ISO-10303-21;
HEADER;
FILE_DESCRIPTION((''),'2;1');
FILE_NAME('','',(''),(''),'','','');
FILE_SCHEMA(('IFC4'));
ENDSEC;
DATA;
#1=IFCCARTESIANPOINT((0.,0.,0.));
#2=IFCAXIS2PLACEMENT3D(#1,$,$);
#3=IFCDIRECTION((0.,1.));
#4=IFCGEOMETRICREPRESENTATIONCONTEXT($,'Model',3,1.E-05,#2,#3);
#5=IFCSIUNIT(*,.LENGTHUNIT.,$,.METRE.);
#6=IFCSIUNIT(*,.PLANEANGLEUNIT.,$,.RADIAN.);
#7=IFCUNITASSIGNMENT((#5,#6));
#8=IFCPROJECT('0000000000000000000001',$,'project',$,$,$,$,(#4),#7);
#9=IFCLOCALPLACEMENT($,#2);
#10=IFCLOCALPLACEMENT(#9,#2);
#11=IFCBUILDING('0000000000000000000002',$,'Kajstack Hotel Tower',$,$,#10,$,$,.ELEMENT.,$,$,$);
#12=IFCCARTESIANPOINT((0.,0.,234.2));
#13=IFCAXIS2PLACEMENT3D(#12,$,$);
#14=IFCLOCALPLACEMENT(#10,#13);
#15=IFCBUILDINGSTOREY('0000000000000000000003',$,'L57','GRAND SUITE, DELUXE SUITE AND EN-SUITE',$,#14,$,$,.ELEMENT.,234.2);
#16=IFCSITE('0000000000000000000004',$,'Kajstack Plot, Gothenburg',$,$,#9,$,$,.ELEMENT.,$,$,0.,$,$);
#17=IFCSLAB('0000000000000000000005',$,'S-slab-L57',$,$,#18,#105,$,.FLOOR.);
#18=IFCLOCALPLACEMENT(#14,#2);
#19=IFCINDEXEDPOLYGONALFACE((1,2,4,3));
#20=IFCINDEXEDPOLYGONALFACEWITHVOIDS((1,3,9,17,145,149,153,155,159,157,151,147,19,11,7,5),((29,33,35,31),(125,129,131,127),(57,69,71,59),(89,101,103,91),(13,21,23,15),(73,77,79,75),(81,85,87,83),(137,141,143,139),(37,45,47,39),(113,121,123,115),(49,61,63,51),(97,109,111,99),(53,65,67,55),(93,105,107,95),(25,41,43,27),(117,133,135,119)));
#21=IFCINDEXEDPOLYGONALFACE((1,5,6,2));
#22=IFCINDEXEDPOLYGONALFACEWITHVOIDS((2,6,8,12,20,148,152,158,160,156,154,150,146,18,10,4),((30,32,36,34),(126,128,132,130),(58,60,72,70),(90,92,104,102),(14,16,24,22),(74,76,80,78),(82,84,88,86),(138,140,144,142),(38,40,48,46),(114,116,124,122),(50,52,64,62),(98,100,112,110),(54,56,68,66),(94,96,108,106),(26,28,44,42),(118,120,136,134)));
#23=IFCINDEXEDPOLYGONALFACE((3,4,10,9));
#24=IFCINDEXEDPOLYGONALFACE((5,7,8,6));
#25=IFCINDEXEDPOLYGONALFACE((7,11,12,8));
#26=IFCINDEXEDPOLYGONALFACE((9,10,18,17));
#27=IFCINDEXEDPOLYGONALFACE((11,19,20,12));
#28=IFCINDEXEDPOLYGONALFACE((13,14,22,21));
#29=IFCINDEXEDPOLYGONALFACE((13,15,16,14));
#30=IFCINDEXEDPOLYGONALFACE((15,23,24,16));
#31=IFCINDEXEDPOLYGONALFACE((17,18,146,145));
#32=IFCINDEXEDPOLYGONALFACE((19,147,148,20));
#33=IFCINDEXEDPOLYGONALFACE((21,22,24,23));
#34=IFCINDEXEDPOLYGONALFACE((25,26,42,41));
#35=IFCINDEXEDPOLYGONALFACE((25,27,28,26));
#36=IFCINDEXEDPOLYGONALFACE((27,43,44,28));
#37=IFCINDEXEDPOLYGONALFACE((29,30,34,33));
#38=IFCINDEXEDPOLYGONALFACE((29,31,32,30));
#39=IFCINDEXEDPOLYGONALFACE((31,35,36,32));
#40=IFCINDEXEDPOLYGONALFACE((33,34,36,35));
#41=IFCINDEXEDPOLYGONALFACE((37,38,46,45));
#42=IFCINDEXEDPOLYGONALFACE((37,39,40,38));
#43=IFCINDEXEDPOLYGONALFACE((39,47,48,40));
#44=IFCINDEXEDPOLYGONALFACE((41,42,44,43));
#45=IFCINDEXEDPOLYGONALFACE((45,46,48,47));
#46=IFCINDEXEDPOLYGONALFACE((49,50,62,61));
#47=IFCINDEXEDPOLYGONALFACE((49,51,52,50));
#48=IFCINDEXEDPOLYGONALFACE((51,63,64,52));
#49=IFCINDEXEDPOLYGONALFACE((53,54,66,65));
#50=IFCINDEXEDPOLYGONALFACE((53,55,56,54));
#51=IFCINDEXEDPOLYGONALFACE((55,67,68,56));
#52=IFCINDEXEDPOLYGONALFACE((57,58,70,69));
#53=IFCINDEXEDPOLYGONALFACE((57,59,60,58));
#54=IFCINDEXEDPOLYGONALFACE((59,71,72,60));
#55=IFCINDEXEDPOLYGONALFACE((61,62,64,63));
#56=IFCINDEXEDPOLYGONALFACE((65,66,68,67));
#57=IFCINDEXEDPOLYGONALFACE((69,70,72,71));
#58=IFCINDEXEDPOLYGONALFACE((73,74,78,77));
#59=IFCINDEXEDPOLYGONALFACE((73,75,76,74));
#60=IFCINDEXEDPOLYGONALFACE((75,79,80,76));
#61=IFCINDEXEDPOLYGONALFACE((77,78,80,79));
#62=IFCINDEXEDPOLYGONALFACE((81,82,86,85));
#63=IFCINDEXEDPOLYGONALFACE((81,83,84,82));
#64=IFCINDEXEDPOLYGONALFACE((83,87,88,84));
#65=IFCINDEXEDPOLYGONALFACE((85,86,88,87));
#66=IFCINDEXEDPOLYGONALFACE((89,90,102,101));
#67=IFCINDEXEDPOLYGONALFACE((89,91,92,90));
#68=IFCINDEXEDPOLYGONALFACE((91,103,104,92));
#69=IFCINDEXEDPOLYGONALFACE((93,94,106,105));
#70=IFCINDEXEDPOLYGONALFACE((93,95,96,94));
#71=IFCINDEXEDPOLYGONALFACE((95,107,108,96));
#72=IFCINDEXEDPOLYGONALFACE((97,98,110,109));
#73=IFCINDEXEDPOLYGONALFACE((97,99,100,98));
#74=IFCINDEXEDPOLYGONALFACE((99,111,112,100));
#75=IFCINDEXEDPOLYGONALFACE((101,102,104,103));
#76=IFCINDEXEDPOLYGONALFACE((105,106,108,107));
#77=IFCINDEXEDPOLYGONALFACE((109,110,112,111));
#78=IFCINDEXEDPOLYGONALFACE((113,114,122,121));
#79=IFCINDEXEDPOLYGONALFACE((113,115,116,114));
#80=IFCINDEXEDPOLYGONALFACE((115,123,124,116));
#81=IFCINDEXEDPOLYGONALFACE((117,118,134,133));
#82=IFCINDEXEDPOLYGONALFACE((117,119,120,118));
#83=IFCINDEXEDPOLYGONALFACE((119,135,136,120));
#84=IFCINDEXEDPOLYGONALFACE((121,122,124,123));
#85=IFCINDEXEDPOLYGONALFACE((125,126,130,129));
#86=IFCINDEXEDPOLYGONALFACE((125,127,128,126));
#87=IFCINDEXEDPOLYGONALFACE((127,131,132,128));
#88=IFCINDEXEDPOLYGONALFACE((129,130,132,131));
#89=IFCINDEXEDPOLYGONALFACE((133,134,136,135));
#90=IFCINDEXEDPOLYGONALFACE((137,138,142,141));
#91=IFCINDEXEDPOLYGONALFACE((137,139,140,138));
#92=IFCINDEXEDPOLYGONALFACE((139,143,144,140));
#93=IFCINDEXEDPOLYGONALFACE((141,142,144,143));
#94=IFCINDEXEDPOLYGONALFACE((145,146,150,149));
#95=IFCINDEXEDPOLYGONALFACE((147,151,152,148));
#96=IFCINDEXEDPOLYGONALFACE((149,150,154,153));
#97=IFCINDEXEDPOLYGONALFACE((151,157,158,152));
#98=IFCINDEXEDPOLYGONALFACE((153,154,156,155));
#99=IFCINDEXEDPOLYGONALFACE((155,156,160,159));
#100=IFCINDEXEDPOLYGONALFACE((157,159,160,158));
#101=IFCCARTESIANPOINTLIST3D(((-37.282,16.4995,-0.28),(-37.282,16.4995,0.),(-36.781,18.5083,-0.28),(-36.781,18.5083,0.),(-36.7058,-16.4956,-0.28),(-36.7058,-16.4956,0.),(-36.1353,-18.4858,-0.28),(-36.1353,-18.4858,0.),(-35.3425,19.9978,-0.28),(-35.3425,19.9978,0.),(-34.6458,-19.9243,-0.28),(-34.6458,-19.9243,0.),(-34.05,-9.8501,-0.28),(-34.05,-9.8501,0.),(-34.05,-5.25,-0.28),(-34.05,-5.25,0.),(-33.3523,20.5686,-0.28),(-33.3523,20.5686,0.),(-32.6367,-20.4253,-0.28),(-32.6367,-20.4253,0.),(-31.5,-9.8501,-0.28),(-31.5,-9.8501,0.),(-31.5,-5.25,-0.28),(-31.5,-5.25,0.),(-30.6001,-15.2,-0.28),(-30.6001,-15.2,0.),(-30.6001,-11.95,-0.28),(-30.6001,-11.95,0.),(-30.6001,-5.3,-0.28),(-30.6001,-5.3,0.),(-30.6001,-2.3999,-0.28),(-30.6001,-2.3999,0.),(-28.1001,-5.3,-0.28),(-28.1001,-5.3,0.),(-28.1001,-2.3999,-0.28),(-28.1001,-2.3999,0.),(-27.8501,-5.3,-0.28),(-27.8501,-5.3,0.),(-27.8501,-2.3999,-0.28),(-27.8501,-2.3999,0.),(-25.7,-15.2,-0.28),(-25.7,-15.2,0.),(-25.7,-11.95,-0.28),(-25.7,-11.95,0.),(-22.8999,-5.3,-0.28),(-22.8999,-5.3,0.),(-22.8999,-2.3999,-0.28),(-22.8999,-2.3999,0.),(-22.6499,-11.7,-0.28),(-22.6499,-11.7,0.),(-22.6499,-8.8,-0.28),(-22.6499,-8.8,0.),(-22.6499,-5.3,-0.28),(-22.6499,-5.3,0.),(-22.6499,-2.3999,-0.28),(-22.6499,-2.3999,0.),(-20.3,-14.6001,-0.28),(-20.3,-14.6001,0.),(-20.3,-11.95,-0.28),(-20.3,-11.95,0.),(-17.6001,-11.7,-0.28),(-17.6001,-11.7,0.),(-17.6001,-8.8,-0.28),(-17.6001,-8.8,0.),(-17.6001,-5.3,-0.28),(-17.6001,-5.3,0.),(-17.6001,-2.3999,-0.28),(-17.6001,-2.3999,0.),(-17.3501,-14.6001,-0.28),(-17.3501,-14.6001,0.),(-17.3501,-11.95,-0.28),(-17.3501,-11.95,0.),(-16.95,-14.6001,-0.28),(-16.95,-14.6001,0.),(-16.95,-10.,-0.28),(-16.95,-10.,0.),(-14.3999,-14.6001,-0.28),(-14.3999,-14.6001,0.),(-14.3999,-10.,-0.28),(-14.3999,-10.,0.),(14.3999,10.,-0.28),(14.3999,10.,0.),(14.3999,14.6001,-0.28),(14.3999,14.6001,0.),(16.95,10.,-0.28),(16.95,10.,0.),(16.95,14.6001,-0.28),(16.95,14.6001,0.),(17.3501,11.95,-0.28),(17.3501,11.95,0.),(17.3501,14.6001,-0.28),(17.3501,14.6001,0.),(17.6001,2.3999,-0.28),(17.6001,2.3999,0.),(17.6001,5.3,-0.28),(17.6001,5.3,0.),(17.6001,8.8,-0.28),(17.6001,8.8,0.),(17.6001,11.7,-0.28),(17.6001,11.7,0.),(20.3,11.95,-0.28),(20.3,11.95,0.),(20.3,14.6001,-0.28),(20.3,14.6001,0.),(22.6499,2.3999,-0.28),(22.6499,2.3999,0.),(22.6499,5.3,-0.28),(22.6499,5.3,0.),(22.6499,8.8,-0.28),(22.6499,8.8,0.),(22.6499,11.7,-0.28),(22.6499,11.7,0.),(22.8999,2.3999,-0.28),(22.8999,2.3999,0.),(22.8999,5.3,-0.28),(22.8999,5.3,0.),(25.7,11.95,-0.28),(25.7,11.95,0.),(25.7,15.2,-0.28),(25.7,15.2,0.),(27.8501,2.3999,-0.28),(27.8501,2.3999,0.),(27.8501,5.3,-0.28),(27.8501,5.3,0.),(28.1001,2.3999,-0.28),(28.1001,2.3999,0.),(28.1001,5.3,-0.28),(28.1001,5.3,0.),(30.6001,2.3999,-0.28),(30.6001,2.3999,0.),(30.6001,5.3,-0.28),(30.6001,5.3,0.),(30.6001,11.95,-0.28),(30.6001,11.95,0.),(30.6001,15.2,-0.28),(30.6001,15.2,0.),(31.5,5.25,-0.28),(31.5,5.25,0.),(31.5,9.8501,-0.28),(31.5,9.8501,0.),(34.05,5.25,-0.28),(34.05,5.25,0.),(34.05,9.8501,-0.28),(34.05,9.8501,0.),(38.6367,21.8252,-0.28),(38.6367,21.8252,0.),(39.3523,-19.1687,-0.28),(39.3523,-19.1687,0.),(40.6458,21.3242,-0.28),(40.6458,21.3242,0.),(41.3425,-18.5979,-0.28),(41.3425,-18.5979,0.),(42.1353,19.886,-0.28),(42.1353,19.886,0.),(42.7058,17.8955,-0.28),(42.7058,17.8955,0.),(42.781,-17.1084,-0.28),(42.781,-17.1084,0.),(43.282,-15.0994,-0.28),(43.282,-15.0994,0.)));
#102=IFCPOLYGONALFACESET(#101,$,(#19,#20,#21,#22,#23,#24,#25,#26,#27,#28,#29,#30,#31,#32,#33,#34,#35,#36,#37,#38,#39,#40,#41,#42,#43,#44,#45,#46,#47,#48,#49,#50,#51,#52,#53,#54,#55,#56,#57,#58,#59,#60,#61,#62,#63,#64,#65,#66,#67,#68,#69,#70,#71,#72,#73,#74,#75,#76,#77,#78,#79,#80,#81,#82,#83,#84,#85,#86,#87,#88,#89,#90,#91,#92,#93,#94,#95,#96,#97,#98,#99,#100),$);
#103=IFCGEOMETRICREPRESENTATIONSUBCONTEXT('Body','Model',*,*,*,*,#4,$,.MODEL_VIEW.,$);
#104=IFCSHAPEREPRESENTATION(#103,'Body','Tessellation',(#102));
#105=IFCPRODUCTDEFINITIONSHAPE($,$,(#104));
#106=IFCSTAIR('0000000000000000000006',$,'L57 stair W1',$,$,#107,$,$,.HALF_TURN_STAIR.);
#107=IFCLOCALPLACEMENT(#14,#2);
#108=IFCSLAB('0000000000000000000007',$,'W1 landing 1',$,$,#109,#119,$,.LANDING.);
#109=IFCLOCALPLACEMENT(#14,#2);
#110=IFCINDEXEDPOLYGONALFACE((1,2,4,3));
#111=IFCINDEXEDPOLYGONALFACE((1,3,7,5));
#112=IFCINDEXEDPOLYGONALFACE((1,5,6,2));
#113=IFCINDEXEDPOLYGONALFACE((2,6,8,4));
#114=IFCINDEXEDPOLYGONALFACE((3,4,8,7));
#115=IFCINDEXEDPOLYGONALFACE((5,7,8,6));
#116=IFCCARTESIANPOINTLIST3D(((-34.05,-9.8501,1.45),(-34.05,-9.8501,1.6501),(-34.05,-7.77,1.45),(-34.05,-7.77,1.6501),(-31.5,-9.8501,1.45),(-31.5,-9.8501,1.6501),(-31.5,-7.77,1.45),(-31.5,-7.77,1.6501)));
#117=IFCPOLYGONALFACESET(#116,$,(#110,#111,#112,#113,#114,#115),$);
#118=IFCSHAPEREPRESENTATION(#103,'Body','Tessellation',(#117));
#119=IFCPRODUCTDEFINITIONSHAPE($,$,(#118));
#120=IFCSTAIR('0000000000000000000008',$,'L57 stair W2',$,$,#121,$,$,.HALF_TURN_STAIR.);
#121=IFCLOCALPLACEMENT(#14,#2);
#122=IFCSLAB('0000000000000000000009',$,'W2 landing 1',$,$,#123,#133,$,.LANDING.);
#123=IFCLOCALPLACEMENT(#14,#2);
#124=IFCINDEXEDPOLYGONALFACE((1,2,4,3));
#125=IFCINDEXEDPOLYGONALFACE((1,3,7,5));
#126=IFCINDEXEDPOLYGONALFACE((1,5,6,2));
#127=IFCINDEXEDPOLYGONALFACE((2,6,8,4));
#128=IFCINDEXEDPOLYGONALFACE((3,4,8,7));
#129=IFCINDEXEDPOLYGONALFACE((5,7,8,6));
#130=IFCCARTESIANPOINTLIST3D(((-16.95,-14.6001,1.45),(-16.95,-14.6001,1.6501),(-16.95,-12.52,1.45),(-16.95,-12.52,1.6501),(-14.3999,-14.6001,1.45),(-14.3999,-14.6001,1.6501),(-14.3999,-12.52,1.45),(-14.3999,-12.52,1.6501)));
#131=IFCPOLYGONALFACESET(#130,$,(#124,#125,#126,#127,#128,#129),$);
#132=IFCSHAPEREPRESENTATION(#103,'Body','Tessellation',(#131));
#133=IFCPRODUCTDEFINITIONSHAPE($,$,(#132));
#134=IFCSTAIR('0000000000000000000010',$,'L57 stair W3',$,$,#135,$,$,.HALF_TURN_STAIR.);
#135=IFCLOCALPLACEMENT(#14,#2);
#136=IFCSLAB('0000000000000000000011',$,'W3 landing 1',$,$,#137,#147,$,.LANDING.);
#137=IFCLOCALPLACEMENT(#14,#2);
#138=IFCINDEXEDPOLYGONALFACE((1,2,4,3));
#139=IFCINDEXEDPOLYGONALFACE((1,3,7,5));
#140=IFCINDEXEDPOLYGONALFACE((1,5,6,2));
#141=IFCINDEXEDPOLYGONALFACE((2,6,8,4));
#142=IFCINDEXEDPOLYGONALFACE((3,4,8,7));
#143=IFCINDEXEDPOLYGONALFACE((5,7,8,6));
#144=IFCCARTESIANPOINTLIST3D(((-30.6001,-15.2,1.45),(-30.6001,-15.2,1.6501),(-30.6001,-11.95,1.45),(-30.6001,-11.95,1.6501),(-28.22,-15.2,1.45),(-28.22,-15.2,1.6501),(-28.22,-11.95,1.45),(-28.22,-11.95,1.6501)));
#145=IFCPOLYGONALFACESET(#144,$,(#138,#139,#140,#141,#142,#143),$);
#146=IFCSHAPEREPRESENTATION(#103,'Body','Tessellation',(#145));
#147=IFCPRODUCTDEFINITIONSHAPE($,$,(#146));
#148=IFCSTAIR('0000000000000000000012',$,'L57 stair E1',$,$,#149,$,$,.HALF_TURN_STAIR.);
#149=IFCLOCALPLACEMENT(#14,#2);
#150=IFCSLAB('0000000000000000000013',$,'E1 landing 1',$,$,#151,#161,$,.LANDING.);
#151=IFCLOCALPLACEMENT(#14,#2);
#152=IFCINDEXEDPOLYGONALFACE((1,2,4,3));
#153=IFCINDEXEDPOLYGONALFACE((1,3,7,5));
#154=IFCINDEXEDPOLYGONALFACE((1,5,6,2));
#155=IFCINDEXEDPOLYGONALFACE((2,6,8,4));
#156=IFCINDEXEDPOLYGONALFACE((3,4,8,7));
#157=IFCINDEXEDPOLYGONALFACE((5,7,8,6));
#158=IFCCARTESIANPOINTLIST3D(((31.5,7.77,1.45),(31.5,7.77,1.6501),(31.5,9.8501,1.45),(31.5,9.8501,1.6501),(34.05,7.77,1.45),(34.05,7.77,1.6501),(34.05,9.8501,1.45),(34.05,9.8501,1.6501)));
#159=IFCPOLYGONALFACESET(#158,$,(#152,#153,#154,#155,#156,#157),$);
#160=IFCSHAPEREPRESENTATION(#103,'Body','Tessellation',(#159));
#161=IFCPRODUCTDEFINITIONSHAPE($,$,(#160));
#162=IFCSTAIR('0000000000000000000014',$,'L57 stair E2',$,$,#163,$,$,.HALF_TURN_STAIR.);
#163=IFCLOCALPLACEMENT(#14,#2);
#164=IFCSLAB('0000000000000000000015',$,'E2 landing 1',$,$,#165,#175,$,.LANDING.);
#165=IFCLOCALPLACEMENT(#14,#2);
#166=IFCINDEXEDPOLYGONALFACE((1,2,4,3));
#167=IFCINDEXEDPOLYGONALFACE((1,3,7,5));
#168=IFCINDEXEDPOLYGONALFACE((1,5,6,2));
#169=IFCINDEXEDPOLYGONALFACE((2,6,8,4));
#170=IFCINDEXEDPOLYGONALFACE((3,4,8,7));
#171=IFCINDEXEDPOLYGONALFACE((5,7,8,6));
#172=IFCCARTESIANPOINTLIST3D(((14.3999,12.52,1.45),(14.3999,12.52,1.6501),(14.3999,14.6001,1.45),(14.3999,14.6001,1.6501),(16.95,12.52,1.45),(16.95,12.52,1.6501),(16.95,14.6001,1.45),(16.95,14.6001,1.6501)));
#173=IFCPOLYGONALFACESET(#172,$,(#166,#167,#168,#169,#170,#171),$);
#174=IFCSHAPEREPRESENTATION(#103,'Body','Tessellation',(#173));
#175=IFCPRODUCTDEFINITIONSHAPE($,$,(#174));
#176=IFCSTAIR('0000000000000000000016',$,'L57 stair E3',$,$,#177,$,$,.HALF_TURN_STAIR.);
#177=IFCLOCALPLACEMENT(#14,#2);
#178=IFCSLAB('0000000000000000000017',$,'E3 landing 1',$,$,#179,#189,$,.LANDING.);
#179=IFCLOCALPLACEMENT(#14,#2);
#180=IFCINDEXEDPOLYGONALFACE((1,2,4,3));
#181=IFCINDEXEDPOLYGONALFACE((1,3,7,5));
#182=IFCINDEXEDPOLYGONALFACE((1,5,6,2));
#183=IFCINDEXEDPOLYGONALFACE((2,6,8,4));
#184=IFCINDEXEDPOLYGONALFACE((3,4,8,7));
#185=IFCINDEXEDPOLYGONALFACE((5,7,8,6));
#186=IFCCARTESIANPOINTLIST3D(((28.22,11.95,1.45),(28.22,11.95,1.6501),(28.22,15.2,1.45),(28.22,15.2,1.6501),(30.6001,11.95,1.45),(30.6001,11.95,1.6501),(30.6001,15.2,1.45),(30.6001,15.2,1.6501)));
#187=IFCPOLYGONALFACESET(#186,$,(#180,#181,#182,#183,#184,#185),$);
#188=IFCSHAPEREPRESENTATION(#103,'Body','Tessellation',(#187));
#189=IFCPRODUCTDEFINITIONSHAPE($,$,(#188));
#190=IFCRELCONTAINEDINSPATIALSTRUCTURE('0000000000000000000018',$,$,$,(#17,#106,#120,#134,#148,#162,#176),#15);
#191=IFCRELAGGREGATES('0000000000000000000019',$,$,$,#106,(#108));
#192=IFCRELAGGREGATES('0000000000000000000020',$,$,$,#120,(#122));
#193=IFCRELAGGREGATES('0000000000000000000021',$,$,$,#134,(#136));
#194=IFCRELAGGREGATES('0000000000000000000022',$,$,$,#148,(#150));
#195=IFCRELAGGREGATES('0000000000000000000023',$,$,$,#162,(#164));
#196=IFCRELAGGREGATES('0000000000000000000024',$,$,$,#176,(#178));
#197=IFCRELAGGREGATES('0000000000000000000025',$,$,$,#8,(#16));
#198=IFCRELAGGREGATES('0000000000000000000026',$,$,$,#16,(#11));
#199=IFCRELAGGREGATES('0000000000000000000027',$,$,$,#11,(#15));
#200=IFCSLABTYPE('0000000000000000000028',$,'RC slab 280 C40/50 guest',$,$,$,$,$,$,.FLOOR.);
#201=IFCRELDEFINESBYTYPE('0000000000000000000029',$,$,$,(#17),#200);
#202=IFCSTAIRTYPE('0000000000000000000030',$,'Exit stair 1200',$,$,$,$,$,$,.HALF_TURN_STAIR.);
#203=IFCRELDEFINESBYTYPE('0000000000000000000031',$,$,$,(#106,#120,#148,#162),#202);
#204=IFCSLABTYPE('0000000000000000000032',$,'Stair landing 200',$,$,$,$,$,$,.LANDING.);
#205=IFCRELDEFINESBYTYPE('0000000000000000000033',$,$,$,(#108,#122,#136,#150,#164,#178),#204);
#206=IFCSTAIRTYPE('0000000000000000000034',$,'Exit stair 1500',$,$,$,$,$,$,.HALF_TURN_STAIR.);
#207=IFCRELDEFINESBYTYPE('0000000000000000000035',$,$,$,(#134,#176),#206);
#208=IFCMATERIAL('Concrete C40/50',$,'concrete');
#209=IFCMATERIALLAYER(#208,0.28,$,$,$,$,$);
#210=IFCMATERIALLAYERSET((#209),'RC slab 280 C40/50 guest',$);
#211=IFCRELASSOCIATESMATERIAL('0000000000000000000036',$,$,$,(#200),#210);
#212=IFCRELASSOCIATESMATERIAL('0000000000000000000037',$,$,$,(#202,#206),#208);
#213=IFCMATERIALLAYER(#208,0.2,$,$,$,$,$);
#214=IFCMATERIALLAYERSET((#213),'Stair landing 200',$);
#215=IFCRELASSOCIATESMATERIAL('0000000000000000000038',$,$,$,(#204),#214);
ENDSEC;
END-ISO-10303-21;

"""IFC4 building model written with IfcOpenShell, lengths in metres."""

from ifc_helpers import new_model, si_unit, direction, frame, origin, place, context, subcontext, project, spatial, polyline, outline, extrude, material, layer, layer_set, type_object, element, aggregate, save


model = new_model("IFC4")

# Units and contexts
model_context = context("Model", 3, precision=1e-05, world=origin(), true_north=direction((0.0, 1.0)))
body_context = subcontext(model_context, "Body", "Model", "MODEL_VIEW")
ifc_project = project(units=[si_unit("LENGTHUNIT", "METRE"), si_unit("PLANEANGLEUNIT", "RADIAN")], contexts=[model_context])

# Site, building, storey
site_placement = place(None, origin())
site = spatial("IfcSite", under=ifc_project, at=site_placement, Name="Kajstack Plot, Gothenburg", CompositionType="ELEMENT", RefElevation=0.0)
building_placement = place(site_placement, origin())
building = spatial("IfcBuilding", under=site, at=building_placement, Name="Kajstack Hotel Tower", CompositionType="ELEMENT")
storey_placement = place(building_placement, frame((0.0, 0.0, 234.2)))
storey = spatial("IfcBuildingStorey", under=building, at=storey_placement, Name="L57", Description="GRAND SUITE, DELUXE SUITE AND EN-SUITE", CompositionType="ELEMENT", Elevation=234.2)

# Slab
ifc_material_1 = material(Name="Concrete C40/50", Category="concrete")
ifc_layer_1 = layer(ifc_material_1, 0.28)
ifc_layer_set_1 = layer_set([ifc_layer_1], Name="RC slab 280 C40/50 guest")
slab_type_1 = type_object("IfcSlabType", Name="RC slab 280 C40/50 guest", PredefinedType="FLOOR", material=ifc_layer_set_1)
slab_1_placement = place(storey_placement, frame((0.0, 0.0, -0.28)))
element("IfcSlab", 1, at=slab_1_placement, inside=storey, type_object=slab_type_1, Name="S-slab-L57", PredefinedType="FLOOR", context=body_context, shape_type="SweptSolid", body=[
    extrude(outline(polyline([(-37.282, 16.4995), (-36.7058, -16.4956), (-36.1353, -18.4858), (-34.6458, -19.9243), (-32.6367, -20.4253), (39.3523, -19.1687), (41.3425, -18.5979), (42.781, -17.1084), (43.282, -15.0994), (42.7058, 17.8955), (42.1353, 19.886), (40.6458, 21.3242), (38.6367, 21.8252), (-33.3523, 20.5686), (-35.3425, 19.9978), (-36.781, 18.5083), (-37.282, 16.4995)]), holes=[polyline([(-22.6499, -11.7), (-22.6499, -8.8), (-17.6001, -8.8), (-17.6001, -11.7), (-22.6499, -11.7)]), polyline([(-27.8501, -5.3), (-27.8501, -2.3999), (-22.8999, -2.3999), (-22.8999, -5.3), (-27.8501, -5.3)]), polyline([(-22.6499, -5.3), (-22.6499, -2.3999), (-17.6001, -2.3999), (-17.6001, -5.3), (-22.6499, -5.3)]), polyline([(-20.3, -14.6001), (-17.3501, -14.6001), (-17.3501, -11.95), (-20.3, -11.95), (-20.3, -14.6001)]), polyline([(-30.6001, -5.3), (-28.1001, -5.3), (-28.1001, -2.3999), (-30.6001, -2.3999), (-30.6001, -5.3)]), polyline([(17.6001, 8.8), (17.6001, 11.7), (22.6499, 11.7), (22.6499, 8.8), (17.6001, 8.8)]), polyline([(22.8999, 2.3999), (22.8999, 5.3), (27.8501, 5.3), (27.8501, 2.3999), (22.8999, 2.3999)]), polyline([(17.6001, 2.3999), (17.6001, 5.3), (22.6499, 5.3), (22.6499, 2.3999), (17.6001, 2.3999)]), polyline([(20.3, 14.6001), (17.3501, 14.6001), (17.3501, 11.95), (20.3, 11.95), (20.3, 14.6001)]), polyline([(30.6001, 5.3), (28.1001, 5.3), (28.1001, 2.3999), (30.6001, 2.3999), (30.6001, 5.3)]), polyline([(-34.05, -9.8501), (-31.5, -9.8501), (-31.5, -5.25), (-34.05, -5.25), (-34.05, -9.8501)]), polyline([(-16.95, -14.6001), (-14.3999, -14.6001), (-14.3999, -10.0), (-16.95, -10.0), (-16.95, -14.6001)]), polyline([(-30.6001, -15.2), (-25.7, -15.2), (-25.7, -11.95), (-30.6001, -11.95), (-30.6001, -15.2)]), polyline([(34.05, 9.8501), (31.5, 9.8501), (31.5, 5.25), (34.05, 5.25), (34.05, 9.8501)]), polyline([(16.95, 14.6001), (14.3999, 14.6001), (14.3999, 10.0), (16.95, 10.0), (16.95, 14.6001)]), polyline([(30.6001, 15.2), (25.7, 15.2), (25.7, 11.95), (30.6001, 11.95), (30.6001, 15.2)])]), origin(), (0.0, 0.0, 1.0), 0.28),
])

# Stairs, slabs
stair_type_1 = type_object("IfcStairType", Name="Exit stair 1200", PredefinedType="HALF_TURN_STAIR", material=ifc_material_1)
stair_1_placement = place(storey_placement, origin())
stair_1 = element("IfcStair", 2, at=stair_1_placement, inside=storey, type_object=stair_type_1, Name="L57 stair W1", PredefinedType="HALF_TURN_STAIR")
ifc_layer_2 = layer(ifc_material_1, 0.2)
ifc_layer_set_2 = layer_set([ifc_layer_2], Name="Stair landing 200")
slab_type_2 = type_object("IfcSlabType", Name="Stair landing 200", PredefinedType="LANDING", material=ifc_layer_set_2)
slab_2_placement = place(storey_placement, frame((0.0, 0.0, 1.45)))
slab_2 = element("IfcSlab", 3, at=slab_2_placement, type_object=slab_type_2, Name="W1 landing 1", PredefinedType="LANDING", context=body_context, shape_type="SweptSolid", body=[
    extrude(outline(polyline([(-34.05, -7.77), (-34.05, -9.8501), (-31.5, -9.8501), (-31.5, -7.77), (-34.05, -7.77)])), origin(), (0.0, 0.0, 1.0), 0.2002),
])
aggregate(stair_1, [slab_2])
stair_2_placement = place(storey_placement, origin())
stair_2 = element("IfcStair", 4, at=stair_2_placement, inside=storey, type_object=stair_type_1, Name="L57 stair W2", PredefinedType="HALF_TURN_STAIR")
slab_3_placement = place(storey_placement, frame((0.0, 0.0, 1.45)))
slab_3 = element("IfcSlab", 5, at=slab_3_placement, type_object=slab_type_2, Name="W2 landing 1", PredefinedType="LANDING", context=body_context, shape_type="SweptSolid", body=[
    extrude(outline(polyline([(-16.95, -12.52), (-16.95, -14.6001), (-14.3999, -14.6001), (-14.3999, -12.52), (-16.95, -12.52)])), origin(), (0.0, 0.0, 1.0), 0.2002),
])
aggregate(stair_2, [slab_3])
stair_type_2 = type_object("IfcStairType", Name="Exit stair 1500", PredefinedType="HALF_TURN_STAIR", material=ifc_material_1)
stair_3_placement = place(storey_placement, origin())
stair_3 = element("IfcStair", 6, at=stair_3_placement, inside=storey, type_object=stair_type_2, Name="L57 stair W3", PredefinedType="HALF_TURN_STAIR")
slab_4_placement = place(storey_placement, frame((0.0, 0.0, 1.45)))
slab_4 = element("IfcSlab", 7, at=slab_4_placement, type_object=slab_type_2, Name="W3 landing 1", PredefinedType="LANDING", context=body_context, shape_type="SweptSolid", body=[
    extrude(outline(polyline([(-28.22, -11.95), (-30.6001, -11.95), (-30.6001, -15.2), (-28.22, -15.2), (-28.22, -11.95)])), origin(), (0.0, 0.0, 1.0), 0.2002),
])
aggregate(stair_3, [slab_4])
stair_4_placement = place(storey_placement, origin())
stair_4 = element("IfcStair", 8, at=stair_4_placement, inside=storey, type_object=stair_type_1, Name="L57 stair E1", PredefinedType="HALF_TURN_STAIR")
slab_5_placement = place(storey_placement, frame((0.0, 0.0, 1.45)))
slab_5 = element("IfcSlab", 9, at=slab_5_placement, type_object=slab_type_2, Name="E1 landing 1", PredefinedType="LANDING", context=body_context, shape_type="SweptSolid", body=[
    extrude(outline(polyline([(34.05, 7.77), (34.05, 9.8501), (31.5, 9.8501), (31.5, 7.77), (34.05, 7.77)])), origin(), (0.0, 0.0, 1.0), 0.2002),
])
aggregate(stair_4, [slab_5])
stair_5_placement = place(storey_placement, origin())
stair_5 = element("IfcStair", 10, at=stair_5_placement, inside=storey, type_object=stair_type_1, Name="L57 stair E2", PredefinedType="HALF_TURN_STAIR")
slab_6_placement = place(storey_placement, frame((0.0, 0.0, 1.45)))
slab_6 = element("IfcSlab", 11, at=slab_6_placement, type_object=slab_type_2, Name="E2 landing 1", PredefinedType="LANDING", context=body_context, shape_type="SweptSolid", body=[
    extrude(outline(polyline([(16.95, 12.52), (16.95, 14.6001), (14.3999, 14.6001), (14.3999, 12.52), (16.95, 12.52)])), origin(), (0.0, 0.0, 1.0), 0.2002),
])
aggregate(stair_5, [slab_6])
stair_6_placement = place(storey_placement, origin())
stair_6 = element("IfcStair", 12, at=stair_6_placement, inside=storey, type_object=stair_type_2, Name="L57 stair E3", PredefinedType="HALF_TURN_STAIR")
slab_7_placement = place(storey_placement, frame((0.0, 0.0, 1.45)))
slab_7 = element("IfcSlab", 13, at=slab_7_placement, type_object=slab_type_2, Name="E3 landing 1", PredefinedType="LANDING", context=body_context, shape_type="SweptSolid", body=[
    extrude(outline(polyline([(28.22, 11.95), (30.6001, 11.95), (30.6001, 15.2), (28.22, 15.2), (28.22, 11.95)])), origin(), (0.0, 0.0, 1.0), 0.2002),
])
aggregate(stair_6, [slab_7])

save(model, "model.ifc")
